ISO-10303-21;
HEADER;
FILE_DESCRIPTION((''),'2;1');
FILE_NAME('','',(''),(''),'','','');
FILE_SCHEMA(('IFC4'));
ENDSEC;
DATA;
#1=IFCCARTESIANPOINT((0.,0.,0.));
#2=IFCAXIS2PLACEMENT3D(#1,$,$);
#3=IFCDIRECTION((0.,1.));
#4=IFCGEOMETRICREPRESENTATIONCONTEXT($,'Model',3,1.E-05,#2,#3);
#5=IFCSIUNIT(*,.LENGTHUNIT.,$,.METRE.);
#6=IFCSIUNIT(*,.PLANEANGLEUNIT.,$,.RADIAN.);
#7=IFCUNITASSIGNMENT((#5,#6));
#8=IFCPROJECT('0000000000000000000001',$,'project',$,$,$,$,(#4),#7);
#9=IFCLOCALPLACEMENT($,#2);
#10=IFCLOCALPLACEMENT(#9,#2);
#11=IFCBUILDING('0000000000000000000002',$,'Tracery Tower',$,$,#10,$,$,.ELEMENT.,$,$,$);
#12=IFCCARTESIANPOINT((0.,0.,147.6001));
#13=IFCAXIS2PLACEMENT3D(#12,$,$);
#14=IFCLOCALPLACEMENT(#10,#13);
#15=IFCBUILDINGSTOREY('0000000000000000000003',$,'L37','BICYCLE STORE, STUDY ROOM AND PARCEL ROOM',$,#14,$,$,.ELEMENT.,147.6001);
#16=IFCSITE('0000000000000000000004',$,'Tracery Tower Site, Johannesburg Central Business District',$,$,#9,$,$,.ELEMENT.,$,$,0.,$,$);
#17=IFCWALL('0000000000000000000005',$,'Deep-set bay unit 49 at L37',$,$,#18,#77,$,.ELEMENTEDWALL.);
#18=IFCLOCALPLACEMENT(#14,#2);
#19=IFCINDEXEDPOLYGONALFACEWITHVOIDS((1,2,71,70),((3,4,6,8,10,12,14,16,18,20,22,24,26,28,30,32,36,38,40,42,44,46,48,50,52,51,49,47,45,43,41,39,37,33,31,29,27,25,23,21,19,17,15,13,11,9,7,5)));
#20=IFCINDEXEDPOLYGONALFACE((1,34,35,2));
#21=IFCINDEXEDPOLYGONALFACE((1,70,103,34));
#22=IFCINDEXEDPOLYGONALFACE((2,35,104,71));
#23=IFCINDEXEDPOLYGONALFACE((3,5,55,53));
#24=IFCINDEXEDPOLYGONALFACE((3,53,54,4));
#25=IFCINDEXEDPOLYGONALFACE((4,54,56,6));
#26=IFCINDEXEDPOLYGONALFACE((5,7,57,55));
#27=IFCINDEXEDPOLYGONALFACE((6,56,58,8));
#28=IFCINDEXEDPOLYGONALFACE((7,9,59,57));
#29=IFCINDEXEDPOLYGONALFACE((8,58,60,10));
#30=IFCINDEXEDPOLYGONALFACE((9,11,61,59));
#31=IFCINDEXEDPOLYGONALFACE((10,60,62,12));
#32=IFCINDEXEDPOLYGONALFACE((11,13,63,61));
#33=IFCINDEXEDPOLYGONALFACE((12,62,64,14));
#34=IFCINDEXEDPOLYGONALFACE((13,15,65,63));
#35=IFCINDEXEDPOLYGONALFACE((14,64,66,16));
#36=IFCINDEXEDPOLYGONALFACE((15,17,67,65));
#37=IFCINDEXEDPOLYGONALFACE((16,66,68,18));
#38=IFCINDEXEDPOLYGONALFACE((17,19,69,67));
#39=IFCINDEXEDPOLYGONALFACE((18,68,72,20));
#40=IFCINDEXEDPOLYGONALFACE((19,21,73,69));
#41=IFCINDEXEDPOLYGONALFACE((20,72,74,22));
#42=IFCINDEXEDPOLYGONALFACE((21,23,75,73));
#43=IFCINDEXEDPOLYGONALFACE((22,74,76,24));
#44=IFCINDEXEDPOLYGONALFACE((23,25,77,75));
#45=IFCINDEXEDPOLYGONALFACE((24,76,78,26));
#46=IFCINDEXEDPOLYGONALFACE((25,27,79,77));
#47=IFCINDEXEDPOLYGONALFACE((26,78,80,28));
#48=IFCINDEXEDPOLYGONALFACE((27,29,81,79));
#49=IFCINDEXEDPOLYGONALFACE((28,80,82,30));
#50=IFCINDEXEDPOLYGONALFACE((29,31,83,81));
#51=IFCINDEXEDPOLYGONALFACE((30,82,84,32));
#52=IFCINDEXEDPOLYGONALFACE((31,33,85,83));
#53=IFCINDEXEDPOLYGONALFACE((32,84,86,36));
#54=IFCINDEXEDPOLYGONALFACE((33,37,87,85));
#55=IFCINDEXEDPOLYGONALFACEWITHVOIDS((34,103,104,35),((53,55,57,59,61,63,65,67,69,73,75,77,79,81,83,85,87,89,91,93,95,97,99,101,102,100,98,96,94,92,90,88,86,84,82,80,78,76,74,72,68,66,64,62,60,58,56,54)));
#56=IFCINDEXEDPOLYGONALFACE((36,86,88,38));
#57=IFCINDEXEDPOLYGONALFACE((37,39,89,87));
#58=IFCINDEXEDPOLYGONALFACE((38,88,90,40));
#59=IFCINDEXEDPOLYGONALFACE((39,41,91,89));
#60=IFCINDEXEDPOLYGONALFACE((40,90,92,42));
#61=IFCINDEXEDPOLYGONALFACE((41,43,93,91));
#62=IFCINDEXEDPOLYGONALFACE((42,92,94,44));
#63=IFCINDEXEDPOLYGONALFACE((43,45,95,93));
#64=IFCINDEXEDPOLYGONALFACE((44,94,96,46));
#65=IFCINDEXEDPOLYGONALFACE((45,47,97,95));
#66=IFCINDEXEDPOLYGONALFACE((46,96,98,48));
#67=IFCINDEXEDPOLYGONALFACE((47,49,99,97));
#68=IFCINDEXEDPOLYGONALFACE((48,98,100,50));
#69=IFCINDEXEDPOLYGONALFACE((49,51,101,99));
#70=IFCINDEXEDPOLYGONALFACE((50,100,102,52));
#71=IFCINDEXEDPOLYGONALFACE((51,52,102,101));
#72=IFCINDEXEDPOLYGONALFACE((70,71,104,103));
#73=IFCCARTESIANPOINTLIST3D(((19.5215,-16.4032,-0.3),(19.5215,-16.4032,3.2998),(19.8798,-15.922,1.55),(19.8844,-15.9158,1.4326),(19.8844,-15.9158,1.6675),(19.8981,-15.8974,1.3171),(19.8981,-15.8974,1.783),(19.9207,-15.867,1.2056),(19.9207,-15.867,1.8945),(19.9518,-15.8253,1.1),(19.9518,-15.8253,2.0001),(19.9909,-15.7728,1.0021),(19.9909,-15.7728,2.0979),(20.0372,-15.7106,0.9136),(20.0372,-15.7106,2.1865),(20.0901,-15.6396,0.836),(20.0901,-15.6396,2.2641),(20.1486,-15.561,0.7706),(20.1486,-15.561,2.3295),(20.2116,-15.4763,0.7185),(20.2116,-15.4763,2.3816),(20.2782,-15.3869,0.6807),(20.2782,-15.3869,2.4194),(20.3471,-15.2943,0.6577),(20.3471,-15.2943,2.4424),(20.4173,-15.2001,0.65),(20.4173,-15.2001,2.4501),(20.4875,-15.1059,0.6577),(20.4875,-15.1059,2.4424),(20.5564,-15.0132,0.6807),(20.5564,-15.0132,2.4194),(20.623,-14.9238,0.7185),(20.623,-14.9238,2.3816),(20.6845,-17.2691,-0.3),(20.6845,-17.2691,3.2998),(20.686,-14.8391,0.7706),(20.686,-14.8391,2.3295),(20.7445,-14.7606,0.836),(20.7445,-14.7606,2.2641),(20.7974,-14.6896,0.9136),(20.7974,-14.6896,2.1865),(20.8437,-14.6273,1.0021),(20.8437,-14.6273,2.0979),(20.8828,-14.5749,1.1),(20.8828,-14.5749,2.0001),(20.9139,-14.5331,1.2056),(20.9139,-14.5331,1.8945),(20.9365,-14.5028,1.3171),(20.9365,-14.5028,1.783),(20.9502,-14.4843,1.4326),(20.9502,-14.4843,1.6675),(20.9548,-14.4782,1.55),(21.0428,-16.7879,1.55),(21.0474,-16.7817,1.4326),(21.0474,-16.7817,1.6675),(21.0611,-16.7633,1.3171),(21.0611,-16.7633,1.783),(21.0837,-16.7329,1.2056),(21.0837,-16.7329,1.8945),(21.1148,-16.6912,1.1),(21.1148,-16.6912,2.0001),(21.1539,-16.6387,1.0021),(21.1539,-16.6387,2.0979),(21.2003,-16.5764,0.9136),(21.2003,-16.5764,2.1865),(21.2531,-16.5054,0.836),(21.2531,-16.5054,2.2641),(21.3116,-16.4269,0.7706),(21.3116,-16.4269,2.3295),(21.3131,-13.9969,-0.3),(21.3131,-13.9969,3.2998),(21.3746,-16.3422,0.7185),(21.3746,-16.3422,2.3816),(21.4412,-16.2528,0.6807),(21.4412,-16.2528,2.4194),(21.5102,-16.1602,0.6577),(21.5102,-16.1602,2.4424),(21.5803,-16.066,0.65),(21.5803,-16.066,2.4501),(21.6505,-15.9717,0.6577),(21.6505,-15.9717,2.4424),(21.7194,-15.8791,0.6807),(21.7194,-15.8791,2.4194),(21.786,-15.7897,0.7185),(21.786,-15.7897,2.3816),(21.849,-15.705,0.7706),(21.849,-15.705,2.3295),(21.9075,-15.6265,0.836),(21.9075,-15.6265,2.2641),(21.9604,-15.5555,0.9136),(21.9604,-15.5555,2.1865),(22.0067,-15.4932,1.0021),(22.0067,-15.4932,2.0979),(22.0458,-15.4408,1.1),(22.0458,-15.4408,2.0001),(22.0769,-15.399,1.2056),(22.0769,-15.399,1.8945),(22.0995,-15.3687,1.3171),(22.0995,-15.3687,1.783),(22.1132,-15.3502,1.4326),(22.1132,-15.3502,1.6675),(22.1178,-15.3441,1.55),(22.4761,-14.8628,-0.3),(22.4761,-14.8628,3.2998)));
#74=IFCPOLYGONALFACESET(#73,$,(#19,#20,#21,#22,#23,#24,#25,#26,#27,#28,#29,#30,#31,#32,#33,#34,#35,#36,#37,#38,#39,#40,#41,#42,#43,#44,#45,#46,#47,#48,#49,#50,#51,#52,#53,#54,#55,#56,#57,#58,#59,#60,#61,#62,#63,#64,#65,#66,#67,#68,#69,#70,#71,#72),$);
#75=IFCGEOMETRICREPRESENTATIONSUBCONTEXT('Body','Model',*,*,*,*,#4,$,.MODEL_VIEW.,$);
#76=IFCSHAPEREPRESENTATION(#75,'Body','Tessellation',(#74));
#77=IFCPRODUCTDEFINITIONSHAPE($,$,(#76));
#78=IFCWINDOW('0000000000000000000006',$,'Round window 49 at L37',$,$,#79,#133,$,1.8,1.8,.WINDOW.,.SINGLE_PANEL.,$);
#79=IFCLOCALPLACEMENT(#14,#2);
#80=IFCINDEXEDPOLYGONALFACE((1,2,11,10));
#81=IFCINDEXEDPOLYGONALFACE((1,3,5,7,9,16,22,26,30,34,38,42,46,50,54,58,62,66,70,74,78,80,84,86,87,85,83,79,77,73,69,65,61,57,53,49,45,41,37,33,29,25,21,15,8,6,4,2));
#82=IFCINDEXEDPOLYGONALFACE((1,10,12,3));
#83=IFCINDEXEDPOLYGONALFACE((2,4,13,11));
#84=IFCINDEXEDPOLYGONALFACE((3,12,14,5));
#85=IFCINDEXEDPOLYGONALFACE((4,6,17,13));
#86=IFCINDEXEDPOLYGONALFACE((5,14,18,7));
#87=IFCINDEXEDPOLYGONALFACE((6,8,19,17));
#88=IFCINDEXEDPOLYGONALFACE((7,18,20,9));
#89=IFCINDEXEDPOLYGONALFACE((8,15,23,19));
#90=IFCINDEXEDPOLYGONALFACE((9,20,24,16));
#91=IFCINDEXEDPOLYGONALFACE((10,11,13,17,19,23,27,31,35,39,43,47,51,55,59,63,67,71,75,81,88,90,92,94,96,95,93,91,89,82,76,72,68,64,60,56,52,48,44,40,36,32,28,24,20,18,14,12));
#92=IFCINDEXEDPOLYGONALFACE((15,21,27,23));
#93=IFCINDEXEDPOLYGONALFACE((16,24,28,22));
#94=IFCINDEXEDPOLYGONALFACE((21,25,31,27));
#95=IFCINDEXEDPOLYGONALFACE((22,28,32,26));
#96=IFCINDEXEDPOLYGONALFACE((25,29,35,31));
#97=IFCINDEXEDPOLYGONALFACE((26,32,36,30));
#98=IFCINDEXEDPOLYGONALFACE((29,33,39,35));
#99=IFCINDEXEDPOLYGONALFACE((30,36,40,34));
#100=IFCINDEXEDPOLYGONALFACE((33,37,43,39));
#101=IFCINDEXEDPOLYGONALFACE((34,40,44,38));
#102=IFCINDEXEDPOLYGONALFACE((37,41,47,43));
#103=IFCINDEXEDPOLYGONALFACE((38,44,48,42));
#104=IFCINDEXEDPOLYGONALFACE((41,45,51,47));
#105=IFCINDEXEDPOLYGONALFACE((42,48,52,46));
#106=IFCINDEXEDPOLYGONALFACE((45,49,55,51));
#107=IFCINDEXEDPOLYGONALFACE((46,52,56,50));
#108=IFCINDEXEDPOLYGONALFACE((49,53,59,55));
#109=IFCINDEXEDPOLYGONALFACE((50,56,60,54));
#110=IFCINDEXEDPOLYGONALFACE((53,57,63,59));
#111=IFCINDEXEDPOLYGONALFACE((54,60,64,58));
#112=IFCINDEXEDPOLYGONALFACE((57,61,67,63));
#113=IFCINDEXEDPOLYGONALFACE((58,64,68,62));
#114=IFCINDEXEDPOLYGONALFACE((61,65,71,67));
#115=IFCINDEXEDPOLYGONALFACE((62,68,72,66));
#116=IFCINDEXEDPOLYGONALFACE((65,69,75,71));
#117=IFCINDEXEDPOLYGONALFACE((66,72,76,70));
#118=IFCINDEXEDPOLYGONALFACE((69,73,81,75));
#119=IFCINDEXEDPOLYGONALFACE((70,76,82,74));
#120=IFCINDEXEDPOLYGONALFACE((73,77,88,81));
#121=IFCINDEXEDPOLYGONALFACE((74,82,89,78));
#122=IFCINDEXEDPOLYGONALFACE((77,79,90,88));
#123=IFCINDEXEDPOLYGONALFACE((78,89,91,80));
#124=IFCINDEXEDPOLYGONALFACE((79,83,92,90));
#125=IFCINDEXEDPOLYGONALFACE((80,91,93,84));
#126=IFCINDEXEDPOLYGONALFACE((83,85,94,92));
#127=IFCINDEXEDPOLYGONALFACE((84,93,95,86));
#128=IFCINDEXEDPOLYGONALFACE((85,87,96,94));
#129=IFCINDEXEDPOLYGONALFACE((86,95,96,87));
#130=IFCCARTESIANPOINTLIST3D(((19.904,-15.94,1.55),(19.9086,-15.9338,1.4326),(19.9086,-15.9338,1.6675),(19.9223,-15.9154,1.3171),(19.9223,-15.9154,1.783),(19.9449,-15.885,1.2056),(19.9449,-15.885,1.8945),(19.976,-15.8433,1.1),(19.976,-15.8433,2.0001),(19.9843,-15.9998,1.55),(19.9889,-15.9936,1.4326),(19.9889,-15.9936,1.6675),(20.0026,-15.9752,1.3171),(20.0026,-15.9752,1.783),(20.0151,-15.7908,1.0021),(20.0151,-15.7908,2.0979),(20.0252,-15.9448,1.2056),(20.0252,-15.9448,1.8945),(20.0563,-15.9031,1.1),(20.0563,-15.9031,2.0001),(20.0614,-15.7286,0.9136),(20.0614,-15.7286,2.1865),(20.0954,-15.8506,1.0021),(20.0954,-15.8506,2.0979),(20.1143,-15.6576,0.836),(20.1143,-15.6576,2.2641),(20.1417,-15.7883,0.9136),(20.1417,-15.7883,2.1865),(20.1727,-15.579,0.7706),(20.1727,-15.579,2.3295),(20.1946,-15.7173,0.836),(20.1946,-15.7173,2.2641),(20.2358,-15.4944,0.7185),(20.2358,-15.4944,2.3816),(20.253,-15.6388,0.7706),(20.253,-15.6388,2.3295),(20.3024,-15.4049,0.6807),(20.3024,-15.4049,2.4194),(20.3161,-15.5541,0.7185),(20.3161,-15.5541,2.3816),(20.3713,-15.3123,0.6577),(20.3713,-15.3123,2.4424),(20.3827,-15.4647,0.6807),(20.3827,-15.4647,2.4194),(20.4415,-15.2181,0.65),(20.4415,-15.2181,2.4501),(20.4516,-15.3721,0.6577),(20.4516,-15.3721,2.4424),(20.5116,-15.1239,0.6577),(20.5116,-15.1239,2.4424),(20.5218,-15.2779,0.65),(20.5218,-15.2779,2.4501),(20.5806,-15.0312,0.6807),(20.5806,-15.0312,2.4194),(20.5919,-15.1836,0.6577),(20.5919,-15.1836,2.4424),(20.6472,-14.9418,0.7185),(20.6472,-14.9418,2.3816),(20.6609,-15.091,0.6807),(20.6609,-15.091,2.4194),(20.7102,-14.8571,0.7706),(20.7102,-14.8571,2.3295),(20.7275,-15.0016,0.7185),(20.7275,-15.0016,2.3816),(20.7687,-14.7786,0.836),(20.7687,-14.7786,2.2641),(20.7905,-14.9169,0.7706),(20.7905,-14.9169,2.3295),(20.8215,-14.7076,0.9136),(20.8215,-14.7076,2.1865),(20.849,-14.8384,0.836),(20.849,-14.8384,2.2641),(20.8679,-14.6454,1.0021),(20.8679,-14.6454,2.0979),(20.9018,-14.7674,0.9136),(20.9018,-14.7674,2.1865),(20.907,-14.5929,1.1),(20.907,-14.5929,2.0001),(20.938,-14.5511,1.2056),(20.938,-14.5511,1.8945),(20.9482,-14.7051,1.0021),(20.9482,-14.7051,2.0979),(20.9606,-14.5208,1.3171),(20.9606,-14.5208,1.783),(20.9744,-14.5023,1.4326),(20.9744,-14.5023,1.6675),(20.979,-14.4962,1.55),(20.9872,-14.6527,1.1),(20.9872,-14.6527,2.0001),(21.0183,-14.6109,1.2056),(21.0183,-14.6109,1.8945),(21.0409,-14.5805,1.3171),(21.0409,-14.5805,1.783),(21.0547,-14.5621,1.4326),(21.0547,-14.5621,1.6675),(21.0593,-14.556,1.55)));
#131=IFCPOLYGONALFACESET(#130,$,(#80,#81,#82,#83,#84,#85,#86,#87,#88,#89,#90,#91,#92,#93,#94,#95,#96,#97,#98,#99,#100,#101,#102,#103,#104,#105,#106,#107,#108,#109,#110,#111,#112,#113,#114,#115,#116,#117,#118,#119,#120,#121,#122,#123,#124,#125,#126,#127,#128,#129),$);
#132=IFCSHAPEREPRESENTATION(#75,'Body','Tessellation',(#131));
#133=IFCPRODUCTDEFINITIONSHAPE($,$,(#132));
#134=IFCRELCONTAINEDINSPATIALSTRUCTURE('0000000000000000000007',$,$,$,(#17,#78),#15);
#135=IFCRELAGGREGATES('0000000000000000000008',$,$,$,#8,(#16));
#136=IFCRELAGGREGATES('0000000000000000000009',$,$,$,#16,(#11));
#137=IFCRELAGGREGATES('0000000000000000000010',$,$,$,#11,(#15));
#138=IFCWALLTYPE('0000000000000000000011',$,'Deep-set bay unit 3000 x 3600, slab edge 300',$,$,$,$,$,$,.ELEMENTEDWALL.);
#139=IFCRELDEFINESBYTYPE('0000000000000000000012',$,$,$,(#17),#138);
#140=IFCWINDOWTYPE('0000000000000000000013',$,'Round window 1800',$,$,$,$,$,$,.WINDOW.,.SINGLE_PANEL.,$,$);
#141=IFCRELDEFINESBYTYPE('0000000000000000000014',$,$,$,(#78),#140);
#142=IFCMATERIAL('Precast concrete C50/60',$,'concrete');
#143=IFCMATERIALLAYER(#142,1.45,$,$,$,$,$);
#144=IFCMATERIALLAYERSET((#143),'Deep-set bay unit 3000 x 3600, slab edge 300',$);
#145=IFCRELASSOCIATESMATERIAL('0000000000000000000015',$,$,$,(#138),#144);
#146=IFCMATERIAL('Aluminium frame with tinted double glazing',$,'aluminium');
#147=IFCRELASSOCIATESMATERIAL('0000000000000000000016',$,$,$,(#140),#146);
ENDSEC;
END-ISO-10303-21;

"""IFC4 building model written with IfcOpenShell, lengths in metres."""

from ifc_helpers import new_model, si_unit, direction, frame, frame_2d, origin, origin_2d, place, context, subcontext, project, spatial, rectangle, circle, extrude, material, layer, layer_set, type_object, element, fill, save


model = new_model("IFC4")

# Units and contexts
model_context = context("Model", 3, precision=1e-05, world=origin(), true_north=direction((0.0, 1.0)))
body_context = subcontext(model_context, "Body", "Model", "MODEL_VIEW")
ifc_project = project(units=[si_unit("LENGTHUNIT", "METRE"), si_unit("PLANEANGLEUNIT", "RADIAN")], contexts=[model_context])

# Site, building, storey
site_placement = place(None, origin())
site = spatial("IfcSite", under=ifc_project, at=site_placement, Name="Tracery Tower Site, Johannesburg Central Business District", CompositionType="ELEMENT", RefElevation=0.0)
building_placement = place(site_placement, origin())
building = spatial("IfcBuilding", under=site, at=building_placement, Name="Tracery Tower", CompositionType="ELEMENT")
storey_placement = place(building_placement, frame((0.0, 0.0, 147.6001)))
storey = spatial("IfcBuildingStorey", under=building, at=storey_placement, Name="L37", Description="BICYCLE STORE, STUDY ROOM AND PARCEL ROOM", CompositionType="ELEMENT", Elevation=147.6001)

# Wall, opening, window
ifc_material_1 = material(Name="Precast concrete C50/60", Category="concrete")
ifc_layer_1 = layer(ifc_material_1, 1.45)
ifc_layer_set_1 = layer_set([ifc_layer_1], Name="Deep-set bay unit 3000 x 3600, slab edge 300")
wall_type_1 = type_object("IfcWallType", Name="Deep-set bay unit 3000 x 3600, slab edge 300", PredefinedType="ELEMENTEDWALL", material=ifc_layer_set_1)
ifc_material_2 = material(Name="Aluminium frame with tinted double glazing", Category="aluminium")
window_type = type_object("IfcWindowType", Name="Round window 1800", PartitioningType="SINGLE_PANEL", PredefinedType="WINDOW", material=ifc_material_2)
wall_1_placement = place(storey_placement, frame((20.103, -16.8362, -0.3), z_axis=(0.0, 0.0, 1.0), x_axis=(0.597184, 0.802104, 0.0)))
wall_1 = element("IfcWall", 1, at=wall_1_placement, inside=storey, type_object=wall_type_1, Name="Deep-set bay unit 49 at L37", PredefinedType="ELEMENTEDWALL", context=body_context, shape_type="SweptSolid", body=[
    extrude(rectangle(XDim=3.0, YDim=1.45, at=frame_2d((1.5, 0.0))), origin(), (0.0, 0.0, 1.0), 3.5999),
])
opening_1_placement = place(wall_1_placement, frame((1.5, 0.0, 1.8501)))
opening_1 = element("IfcOpeningElement", 2, at=opening_1_placement, cuts=wall_1, PredefinedType="OPENING", context=body_context, shape_type="SweptSolid", body=[
    extrude(circle(Radius=0.9, at=origin_2d()), frame((0.0, 0.7349, 0.0), z_axis=(0.0, -1.0, 0.0), x_axis=(1.0, 0.0, 0.0)), (0.0, 0.0, 1.0), 1.47),
])
window_1_placement = place(opening_1_placement, origin())
window_1 = element("IfcWindow", 3, at=window_1_placement, inside=storey, type_object=window_type, Name="Round window 49 at L37", OverallHeight=1.8, OverallWidth=1.8, PartitioningType="SINGLE_PANEL", PredefinedType="WINDOW", context=body_context, shape_type="SweptSolid", body=[
    extrude(circle(Radius=0.9, at=origin_2d()), frame((0.0, 0.6948, 0.0), z_axis=(0.0, -1.0, 0.0), x_axis=(1.0, 0.0, 0.0)), (0.0, 0.0, 1.0), 0.1001),
])
fill(opening_1, window_1)

save(model, "model.ifc")
